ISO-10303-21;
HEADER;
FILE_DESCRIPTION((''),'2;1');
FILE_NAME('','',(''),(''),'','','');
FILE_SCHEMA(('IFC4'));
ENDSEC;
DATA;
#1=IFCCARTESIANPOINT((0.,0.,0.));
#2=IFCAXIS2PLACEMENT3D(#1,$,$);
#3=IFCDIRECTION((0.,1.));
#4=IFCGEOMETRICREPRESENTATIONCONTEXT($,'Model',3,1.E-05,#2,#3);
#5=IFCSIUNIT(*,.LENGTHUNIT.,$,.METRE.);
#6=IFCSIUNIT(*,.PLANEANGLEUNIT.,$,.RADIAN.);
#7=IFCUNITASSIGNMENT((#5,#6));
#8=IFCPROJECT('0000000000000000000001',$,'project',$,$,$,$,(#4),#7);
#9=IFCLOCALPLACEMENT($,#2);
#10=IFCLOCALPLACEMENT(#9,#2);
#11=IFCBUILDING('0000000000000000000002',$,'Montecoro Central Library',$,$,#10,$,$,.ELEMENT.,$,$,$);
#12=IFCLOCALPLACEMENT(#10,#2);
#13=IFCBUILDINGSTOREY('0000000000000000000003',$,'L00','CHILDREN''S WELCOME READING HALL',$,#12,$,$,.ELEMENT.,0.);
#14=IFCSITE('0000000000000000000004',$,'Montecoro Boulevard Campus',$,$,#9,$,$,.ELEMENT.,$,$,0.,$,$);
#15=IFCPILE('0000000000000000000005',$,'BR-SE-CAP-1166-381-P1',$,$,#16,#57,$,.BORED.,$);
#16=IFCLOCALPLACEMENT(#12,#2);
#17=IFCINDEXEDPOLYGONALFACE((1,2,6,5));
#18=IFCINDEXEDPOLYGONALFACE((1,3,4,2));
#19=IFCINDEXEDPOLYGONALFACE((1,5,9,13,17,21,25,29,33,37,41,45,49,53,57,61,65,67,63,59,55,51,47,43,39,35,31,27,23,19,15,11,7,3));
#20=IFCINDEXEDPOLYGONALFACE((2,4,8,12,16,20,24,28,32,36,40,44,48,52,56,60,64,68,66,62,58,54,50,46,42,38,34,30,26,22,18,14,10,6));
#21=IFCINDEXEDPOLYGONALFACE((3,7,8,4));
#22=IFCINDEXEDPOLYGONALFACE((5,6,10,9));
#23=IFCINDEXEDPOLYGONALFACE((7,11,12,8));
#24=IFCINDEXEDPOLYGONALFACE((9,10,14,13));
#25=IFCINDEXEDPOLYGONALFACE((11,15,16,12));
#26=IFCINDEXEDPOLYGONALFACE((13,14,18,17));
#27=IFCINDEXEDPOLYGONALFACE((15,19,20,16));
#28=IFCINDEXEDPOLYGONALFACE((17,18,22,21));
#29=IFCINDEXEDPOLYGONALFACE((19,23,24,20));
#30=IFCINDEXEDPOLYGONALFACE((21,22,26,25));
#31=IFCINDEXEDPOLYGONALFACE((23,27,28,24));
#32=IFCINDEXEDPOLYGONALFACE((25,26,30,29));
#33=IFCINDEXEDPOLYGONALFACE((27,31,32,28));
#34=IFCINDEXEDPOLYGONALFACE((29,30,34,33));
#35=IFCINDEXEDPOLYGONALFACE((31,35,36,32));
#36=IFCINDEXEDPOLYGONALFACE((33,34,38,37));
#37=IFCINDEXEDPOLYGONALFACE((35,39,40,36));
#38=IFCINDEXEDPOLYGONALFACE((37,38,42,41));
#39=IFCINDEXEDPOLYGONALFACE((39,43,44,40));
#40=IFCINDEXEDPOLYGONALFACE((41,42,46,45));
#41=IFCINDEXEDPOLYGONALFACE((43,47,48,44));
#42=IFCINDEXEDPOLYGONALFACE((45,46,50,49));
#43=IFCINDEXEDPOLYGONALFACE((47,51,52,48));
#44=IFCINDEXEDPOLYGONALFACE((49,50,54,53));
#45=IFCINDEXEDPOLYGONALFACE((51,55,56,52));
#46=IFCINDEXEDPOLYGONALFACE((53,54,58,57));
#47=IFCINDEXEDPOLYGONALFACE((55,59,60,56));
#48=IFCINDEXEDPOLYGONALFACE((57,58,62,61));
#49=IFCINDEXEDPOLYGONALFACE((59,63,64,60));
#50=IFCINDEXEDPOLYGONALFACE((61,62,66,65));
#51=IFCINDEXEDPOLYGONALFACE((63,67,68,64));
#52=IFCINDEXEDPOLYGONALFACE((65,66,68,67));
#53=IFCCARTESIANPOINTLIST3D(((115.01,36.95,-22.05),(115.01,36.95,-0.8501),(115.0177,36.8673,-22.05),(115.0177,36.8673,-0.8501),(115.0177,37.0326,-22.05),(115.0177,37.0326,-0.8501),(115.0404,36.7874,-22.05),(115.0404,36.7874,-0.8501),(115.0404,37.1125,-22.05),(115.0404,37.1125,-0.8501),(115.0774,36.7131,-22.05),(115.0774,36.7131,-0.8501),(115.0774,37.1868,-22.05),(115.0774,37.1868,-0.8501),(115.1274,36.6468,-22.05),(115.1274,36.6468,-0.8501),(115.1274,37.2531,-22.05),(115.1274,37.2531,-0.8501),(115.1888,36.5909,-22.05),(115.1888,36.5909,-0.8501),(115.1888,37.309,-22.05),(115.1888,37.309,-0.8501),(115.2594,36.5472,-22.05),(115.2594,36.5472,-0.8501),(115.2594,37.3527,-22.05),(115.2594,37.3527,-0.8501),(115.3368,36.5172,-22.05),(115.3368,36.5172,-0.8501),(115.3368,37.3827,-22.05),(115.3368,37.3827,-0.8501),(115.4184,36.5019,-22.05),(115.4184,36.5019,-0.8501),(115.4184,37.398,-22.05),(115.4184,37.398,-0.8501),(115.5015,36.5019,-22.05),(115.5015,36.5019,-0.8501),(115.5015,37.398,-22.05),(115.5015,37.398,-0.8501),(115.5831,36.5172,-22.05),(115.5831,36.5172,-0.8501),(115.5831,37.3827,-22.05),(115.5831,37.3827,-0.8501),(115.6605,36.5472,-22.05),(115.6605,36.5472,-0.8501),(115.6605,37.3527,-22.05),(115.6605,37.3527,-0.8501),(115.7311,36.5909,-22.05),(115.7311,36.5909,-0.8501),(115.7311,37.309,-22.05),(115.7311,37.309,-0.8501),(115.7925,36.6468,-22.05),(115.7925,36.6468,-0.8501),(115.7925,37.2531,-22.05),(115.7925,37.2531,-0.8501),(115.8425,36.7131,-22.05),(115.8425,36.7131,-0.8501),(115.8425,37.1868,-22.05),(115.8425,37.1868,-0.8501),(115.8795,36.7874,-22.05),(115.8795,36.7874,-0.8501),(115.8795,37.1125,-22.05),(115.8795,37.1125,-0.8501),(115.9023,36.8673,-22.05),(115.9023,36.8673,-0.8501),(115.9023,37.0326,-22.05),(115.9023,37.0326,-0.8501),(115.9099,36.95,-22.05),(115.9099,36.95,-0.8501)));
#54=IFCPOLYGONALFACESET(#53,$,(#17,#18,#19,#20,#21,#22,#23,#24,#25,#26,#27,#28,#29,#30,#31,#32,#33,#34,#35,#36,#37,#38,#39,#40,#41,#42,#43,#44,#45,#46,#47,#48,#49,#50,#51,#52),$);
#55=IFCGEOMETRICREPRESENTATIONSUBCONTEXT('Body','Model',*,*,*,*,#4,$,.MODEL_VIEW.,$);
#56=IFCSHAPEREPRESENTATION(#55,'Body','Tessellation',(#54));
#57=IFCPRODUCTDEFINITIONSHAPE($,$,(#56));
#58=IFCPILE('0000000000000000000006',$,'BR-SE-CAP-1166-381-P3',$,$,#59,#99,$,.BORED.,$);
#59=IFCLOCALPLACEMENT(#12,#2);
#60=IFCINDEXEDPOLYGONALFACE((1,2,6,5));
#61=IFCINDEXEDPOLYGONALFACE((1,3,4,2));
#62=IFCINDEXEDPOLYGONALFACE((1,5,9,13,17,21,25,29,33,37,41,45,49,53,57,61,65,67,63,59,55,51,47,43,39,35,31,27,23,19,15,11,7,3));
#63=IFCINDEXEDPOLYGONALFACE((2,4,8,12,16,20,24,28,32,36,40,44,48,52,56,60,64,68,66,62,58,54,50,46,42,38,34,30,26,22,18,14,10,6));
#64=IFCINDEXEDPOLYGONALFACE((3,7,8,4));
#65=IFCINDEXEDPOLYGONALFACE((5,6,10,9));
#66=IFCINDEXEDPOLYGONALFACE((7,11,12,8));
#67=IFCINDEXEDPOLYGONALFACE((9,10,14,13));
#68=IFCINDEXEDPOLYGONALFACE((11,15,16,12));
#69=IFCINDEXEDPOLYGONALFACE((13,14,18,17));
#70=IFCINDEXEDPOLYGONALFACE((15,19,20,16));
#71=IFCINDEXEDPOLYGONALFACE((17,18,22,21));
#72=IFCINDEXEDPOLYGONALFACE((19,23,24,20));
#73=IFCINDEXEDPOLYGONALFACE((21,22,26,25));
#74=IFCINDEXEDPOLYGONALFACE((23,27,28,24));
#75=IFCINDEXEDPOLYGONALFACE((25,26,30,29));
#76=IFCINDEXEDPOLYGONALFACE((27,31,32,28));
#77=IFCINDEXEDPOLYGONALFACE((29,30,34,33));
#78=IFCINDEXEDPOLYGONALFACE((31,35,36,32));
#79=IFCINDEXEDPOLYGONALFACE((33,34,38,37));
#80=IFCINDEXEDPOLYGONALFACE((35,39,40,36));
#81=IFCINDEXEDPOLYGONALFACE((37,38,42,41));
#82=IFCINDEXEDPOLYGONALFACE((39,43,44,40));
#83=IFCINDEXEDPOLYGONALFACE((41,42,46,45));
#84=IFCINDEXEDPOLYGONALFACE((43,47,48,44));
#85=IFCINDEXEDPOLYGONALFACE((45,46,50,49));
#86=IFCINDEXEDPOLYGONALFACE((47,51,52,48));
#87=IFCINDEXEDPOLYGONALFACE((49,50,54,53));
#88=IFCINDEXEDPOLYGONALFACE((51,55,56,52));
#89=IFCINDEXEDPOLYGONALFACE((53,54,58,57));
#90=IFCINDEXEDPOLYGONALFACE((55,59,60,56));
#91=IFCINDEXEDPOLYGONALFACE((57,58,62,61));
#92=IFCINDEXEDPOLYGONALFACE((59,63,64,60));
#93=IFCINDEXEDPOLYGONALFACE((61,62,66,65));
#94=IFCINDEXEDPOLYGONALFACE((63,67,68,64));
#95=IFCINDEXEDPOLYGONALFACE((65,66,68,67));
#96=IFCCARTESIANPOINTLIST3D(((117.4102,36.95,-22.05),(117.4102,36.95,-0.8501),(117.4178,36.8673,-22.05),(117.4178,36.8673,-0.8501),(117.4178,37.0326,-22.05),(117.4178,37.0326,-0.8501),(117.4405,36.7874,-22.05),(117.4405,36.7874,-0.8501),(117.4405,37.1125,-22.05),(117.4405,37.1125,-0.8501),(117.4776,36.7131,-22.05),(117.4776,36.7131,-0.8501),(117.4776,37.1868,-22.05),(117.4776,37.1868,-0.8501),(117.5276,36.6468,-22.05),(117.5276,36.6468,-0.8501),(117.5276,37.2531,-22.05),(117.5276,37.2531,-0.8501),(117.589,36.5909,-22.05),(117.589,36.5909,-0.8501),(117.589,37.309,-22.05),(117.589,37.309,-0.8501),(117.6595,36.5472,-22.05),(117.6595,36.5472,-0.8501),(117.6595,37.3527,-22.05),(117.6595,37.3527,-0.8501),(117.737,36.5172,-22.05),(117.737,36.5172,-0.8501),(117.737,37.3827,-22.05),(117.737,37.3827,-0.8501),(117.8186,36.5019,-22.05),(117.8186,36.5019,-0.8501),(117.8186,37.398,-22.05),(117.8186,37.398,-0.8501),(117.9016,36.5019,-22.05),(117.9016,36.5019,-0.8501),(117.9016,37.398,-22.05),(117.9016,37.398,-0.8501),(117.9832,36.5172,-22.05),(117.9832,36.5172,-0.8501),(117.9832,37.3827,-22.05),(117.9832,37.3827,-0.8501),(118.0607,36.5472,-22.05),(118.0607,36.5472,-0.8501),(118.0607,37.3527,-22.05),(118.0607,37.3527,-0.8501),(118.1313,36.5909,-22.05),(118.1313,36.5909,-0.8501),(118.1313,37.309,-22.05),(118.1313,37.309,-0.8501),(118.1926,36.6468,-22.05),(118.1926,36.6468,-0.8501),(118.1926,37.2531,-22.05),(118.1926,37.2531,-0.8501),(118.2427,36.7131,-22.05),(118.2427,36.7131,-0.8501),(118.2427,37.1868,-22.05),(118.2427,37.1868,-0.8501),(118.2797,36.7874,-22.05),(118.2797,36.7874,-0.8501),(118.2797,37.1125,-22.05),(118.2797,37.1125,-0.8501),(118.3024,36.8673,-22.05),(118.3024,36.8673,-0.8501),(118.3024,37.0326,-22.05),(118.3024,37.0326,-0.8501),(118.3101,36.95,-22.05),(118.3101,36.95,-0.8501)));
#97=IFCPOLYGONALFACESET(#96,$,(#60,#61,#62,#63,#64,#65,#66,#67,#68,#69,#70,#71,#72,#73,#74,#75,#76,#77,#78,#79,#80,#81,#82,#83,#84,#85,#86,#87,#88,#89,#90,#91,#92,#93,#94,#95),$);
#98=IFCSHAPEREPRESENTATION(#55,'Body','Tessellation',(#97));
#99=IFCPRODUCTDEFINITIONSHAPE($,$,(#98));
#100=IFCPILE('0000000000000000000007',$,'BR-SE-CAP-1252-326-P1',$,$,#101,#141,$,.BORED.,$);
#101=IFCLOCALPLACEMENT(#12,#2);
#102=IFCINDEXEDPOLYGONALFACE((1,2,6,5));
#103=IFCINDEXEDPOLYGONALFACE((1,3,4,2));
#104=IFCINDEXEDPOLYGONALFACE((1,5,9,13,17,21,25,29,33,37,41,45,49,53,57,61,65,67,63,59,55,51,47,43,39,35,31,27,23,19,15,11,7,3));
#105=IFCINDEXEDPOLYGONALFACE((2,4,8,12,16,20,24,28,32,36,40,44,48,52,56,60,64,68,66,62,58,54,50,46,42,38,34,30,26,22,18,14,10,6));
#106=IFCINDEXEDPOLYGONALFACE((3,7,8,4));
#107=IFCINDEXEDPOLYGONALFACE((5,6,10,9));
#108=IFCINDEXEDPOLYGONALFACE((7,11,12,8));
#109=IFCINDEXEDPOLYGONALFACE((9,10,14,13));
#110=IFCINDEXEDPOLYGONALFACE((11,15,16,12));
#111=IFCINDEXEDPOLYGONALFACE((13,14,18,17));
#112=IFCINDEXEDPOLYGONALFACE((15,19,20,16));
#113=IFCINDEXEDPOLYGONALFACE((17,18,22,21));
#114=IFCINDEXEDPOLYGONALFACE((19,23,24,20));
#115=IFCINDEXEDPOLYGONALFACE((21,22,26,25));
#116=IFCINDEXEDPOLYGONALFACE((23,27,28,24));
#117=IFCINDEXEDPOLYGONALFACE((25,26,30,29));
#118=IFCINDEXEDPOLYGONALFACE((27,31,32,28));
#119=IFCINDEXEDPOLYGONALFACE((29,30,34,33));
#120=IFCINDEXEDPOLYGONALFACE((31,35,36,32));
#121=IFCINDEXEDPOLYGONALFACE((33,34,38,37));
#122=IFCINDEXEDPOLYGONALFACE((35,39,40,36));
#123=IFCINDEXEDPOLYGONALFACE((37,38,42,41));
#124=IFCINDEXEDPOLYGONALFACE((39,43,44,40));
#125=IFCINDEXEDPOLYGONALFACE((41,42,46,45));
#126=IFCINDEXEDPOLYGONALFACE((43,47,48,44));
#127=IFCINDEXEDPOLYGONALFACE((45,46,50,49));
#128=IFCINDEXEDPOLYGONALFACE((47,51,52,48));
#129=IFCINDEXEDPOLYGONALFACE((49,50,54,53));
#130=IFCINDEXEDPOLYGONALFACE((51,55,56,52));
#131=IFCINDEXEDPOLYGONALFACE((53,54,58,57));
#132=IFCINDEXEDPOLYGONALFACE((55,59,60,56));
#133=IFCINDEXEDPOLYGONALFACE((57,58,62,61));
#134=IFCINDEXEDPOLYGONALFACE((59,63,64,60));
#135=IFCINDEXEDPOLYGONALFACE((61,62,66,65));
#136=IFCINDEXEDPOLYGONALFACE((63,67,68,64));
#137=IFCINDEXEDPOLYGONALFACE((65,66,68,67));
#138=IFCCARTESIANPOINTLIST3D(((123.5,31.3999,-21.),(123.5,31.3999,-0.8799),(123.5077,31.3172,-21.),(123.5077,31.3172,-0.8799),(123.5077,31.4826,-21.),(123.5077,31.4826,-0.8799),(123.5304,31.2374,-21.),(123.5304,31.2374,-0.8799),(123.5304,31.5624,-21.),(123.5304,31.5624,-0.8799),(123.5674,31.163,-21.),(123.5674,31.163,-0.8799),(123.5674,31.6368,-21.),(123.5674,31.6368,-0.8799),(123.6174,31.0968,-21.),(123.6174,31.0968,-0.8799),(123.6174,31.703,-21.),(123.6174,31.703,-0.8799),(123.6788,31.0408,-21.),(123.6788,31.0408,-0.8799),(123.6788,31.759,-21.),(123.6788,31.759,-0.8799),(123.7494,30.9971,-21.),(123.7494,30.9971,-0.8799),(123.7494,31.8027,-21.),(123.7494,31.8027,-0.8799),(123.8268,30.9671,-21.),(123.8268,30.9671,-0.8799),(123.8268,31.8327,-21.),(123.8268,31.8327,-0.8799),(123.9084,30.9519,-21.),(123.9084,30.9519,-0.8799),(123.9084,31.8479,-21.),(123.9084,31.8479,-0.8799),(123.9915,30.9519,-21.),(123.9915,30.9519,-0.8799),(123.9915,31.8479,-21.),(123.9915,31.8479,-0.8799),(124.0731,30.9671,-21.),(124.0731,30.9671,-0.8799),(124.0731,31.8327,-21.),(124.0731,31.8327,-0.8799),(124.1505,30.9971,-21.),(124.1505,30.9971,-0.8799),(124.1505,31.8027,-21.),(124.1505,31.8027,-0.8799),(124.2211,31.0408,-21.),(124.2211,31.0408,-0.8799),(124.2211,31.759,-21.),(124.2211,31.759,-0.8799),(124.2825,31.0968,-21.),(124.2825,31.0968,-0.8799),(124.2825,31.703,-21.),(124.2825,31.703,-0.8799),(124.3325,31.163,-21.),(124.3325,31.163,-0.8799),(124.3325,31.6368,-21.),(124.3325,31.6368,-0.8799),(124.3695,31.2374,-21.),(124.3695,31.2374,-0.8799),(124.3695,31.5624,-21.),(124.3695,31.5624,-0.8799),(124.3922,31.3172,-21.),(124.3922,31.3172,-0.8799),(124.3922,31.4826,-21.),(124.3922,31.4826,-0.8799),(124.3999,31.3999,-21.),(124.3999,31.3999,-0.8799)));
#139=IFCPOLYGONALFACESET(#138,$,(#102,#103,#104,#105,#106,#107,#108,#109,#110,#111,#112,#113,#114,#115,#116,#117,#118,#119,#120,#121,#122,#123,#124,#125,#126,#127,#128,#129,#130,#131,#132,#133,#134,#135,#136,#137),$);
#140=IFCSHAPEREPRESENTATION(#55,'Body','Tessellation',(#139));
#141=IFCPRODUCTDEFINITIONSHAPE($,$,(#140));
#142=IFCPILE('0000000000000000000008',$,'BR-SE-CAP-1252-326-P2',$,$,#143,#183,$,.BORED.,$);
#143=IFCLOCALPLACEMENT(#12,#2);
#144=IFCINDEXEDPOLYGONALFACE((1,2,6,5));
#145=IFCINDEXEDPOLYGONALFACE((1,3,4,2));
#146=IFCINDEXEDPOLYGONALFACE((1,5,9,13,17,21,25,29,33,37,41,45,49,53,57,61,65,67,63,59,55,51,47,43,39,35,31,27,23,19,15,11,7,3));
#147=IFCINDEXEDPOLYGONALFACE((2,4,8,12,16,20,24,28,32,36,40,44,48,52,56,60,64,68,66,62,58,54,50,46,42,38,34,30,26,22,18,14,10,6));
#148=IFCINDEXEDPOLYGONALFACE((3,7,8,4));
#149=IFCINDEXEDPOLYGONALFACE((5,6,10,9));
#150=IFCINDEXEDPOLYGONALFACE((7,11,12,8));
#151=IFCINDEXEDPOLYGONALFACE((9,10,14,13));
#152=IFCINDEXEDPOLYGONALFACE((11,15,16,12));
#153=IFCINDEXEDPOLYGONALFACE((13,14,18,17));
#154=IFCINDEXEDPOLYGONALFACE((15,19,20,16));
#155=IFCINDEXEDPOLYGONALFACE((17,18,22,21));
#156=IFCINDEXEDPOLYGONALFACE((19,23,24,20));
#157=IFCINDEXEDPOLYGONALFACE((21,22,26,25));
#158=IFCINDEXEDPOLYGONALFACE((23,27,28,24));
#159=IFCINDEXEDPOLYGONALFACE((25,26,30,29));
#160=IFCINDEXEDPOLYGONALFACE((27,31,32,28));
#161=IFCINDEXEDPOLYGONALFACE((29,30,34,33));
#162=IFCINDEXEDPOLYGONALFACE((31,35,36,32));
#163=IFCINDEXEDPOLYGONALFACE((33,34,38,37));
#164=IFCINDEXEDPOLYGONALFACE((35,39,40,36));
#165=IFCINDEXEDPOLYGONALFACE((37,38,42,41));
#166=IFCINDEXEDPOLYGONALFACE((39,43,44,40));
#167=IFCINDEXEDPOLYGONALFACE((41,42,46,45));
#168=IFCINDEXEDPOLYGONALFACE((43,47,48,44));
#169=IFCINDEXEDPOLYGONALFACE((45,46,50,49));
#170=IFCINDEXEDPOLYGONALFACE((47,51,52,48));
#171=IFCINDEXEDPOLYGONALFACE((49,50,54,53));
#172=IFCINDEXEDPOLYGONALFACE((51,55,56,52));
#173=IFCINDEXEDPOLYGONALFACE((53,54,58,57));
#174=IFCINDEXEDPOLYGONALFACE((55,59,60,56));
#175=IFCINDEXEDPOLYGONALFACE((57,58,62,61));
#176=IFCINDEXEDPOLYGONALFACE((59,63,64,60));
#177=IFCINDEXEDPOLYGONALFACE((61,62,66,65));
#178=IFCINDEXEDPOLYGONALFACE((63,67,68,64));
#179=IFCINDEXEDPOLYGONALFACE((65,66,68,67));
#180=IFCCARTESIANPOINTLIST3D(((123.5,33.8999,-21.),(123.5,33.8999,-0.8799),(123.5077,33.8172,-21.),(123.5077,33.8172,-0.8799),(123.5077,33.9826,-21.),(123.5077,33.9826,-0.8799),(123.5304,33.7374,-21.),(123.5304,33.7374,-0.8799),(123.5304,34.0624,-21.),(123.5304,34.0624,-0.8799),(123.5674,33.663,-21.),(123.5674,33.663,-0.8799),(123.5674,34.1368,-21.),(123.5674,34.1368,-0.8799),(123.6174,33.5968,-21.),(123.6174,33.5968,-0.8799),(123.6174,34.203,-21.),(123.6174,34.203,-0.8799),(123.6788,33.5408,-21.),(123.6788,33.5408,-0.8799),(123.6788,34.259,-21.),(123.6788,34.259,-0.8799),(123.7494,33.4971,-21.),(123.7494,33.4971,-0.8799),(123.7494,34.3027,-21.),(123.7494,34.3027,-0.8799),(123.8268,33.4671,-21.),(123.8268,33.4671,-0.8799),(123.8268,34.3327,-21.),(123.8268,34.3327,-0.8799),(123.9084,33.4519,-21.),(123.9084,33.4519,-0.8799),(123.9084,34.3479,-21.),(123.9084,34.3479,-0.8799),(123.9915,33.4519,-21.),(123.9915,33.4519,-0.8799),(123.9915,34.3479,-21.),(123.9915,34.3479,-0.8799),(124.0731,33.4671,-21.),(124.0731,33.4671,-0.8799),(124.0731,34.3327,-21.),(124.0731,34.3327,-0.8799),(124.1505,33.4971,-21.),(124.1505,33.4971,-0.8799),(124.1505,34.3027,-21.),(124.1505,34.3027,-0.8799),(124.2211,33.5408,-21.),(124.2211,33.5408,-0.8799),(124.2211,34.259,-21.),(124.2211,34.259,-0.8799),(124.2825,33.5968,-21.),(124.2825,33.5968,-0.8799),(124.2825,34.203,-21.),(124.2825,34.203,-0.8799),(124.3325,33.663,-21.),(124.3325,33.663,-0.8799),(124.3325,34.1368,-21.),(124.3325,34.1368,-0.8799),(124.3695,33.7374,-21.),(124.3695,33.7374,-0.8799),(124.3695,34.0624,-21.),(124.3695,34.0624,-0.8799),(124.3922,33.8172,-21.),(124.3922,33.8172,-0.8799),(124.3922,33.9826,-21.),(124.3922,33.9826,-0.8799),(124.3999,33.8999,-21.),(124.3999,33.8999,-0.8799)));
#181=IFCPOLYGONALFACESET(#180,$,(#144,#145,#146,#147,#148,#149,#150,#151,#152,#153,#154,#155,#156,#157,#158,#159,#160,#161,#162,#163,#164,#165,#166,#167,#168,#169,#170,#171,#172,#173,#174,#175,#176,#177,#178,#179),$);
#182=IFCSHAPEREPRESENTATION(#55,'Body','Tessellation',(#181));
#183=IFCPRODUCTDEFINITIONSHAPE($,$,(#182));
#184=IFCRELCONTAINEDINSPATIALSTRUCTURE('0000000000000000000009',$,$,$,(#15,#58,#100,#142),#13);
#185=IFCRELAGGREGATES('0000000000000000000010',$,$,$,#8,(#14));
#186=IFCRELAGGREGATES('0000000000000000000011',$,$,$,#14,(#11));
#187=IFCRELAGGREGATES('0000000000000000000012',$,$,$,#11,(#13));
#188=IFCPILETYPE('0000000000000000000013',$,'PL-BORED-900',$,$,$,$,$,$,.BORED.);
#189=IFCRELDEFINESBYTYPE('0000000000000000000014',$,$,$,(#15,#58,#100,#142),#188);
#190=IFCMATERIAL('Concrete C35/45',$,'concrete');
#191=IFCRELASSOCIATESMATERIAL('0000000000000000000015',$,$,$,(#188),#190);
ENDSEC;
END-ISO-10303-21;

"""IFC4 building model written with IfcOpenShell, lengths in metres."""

from ifc_helpers import new_model, si_unit, direction, frame, origin, origin_2d, place, context, subcontext, project, spatial, circle, extrude, material, material_profile, profile_set, type_object, element, save


model = new_model("IFC4")

# Units and contexts
model_context = context("Model", 3, precision=1e-05, world=origin(), true_north=direction((0.0, 1.0)))
body_context = subcontext(model_context, "Body", "Model", "MODEL_VIEW")
ifc_project = project(units=[si_unit("LENGTHUNIT", "METRE"), si_unit("PLANEANGLEUNIT", "RADIAN")], contexts=[model_context])

# Site, building, storey
site_placement = place(None, origin())
site = spatial("IfcSite", under=ifc_project, at=site_placement, Name="Montecoro Boulevard Campus", CompositionType="ELEMENT", RefElevation=0.0)
building_placement = place(site_placement, origin())
building = spatial("IfcBuilding", under=site, at=building_placement, Name="Montecoro Central Library", CompositionType="ELEMENT")
storey_placement = place(building_placement, origin())
storey = spatial("IfcBuildingStorey", under=building, at=storey_placement, Name="L00", Description="CHILDREN'S WELCOME READING HALL", CompositionType="ELEMENT", Elevation=0.0)

# Shared definitions
ifc_material_1 = material(Name="Concrete C35/45", Category="concrete")

# Piles
ifc_material_profile_1 = material_profile(ifc_material_1, circle(Radius=0.45, at=origin_2d()), Name="PILE D900")
ifc_profile_set_1 = profile_set([ifc_material_profile_1], Name="Concrete C35/45")
pile_type_1 = type_object("IfcPileType", Name="PL-BORED-900", PredefinedType="BORED", material=ifc_profile_set_1)
for number, where, z_axis, x_axis, name in (
    (1, (115.46, 36.95, -0.8501), (0.0, 0.0, -1.0), (1.0, 0.0, 0.0), "BR-SE-CAP-1166-381-P1"),
    (2, (117.8601, 36.95, -0.8501), (0.0, 0.0, -1.0), (1.0, 0.0, 0.0), "BR-SE-CAP-1166-381-P3"),
):
    element("IfcPile", number, at=place(storey_placement, frame(where, z_axis=z_axis, x_axis=x_axis)), inside=storey, type_object=pile_type_1, Name=name, PredefinedType="BORED", context=body_context, shape_type="SweptSolid", body=[
        extrude(circle(Radius=0.45, at=origin_2d()), origin(), (0.0, 0.0, 1.0), 21.2),
    ])
for number, where, z_axis, x_axis, name in (
    (3, (123.95, 31.3999, -0.8799), (0.0, 0.0, -1.0), (1.0, 0.0, 0.0), "BR-SE-CAP-1252-326-P1"),
    (4, (123.95, 33.8999, -0.8799), (0.0, 0.0, -1.0), (1.0, 0.0, 0.0), "BR-SE-CAP-1252-326-P2"),
):
    element("IfcPile", number, at=place(storey_placement, frame(where, z_axis=z_axis, x_axis=x_axis)), inside=storey, type_object=pile_type_1, Name=name, PredefinedType="BORED", context=body_context, shape_type="SweptSolid", body=[
        extrude(circle(Radius=0.45, at=origin_2d()), origin(), (0.0, 0.0, 1.0), 20.1201),
    ])

save(model, "model.ifc")
